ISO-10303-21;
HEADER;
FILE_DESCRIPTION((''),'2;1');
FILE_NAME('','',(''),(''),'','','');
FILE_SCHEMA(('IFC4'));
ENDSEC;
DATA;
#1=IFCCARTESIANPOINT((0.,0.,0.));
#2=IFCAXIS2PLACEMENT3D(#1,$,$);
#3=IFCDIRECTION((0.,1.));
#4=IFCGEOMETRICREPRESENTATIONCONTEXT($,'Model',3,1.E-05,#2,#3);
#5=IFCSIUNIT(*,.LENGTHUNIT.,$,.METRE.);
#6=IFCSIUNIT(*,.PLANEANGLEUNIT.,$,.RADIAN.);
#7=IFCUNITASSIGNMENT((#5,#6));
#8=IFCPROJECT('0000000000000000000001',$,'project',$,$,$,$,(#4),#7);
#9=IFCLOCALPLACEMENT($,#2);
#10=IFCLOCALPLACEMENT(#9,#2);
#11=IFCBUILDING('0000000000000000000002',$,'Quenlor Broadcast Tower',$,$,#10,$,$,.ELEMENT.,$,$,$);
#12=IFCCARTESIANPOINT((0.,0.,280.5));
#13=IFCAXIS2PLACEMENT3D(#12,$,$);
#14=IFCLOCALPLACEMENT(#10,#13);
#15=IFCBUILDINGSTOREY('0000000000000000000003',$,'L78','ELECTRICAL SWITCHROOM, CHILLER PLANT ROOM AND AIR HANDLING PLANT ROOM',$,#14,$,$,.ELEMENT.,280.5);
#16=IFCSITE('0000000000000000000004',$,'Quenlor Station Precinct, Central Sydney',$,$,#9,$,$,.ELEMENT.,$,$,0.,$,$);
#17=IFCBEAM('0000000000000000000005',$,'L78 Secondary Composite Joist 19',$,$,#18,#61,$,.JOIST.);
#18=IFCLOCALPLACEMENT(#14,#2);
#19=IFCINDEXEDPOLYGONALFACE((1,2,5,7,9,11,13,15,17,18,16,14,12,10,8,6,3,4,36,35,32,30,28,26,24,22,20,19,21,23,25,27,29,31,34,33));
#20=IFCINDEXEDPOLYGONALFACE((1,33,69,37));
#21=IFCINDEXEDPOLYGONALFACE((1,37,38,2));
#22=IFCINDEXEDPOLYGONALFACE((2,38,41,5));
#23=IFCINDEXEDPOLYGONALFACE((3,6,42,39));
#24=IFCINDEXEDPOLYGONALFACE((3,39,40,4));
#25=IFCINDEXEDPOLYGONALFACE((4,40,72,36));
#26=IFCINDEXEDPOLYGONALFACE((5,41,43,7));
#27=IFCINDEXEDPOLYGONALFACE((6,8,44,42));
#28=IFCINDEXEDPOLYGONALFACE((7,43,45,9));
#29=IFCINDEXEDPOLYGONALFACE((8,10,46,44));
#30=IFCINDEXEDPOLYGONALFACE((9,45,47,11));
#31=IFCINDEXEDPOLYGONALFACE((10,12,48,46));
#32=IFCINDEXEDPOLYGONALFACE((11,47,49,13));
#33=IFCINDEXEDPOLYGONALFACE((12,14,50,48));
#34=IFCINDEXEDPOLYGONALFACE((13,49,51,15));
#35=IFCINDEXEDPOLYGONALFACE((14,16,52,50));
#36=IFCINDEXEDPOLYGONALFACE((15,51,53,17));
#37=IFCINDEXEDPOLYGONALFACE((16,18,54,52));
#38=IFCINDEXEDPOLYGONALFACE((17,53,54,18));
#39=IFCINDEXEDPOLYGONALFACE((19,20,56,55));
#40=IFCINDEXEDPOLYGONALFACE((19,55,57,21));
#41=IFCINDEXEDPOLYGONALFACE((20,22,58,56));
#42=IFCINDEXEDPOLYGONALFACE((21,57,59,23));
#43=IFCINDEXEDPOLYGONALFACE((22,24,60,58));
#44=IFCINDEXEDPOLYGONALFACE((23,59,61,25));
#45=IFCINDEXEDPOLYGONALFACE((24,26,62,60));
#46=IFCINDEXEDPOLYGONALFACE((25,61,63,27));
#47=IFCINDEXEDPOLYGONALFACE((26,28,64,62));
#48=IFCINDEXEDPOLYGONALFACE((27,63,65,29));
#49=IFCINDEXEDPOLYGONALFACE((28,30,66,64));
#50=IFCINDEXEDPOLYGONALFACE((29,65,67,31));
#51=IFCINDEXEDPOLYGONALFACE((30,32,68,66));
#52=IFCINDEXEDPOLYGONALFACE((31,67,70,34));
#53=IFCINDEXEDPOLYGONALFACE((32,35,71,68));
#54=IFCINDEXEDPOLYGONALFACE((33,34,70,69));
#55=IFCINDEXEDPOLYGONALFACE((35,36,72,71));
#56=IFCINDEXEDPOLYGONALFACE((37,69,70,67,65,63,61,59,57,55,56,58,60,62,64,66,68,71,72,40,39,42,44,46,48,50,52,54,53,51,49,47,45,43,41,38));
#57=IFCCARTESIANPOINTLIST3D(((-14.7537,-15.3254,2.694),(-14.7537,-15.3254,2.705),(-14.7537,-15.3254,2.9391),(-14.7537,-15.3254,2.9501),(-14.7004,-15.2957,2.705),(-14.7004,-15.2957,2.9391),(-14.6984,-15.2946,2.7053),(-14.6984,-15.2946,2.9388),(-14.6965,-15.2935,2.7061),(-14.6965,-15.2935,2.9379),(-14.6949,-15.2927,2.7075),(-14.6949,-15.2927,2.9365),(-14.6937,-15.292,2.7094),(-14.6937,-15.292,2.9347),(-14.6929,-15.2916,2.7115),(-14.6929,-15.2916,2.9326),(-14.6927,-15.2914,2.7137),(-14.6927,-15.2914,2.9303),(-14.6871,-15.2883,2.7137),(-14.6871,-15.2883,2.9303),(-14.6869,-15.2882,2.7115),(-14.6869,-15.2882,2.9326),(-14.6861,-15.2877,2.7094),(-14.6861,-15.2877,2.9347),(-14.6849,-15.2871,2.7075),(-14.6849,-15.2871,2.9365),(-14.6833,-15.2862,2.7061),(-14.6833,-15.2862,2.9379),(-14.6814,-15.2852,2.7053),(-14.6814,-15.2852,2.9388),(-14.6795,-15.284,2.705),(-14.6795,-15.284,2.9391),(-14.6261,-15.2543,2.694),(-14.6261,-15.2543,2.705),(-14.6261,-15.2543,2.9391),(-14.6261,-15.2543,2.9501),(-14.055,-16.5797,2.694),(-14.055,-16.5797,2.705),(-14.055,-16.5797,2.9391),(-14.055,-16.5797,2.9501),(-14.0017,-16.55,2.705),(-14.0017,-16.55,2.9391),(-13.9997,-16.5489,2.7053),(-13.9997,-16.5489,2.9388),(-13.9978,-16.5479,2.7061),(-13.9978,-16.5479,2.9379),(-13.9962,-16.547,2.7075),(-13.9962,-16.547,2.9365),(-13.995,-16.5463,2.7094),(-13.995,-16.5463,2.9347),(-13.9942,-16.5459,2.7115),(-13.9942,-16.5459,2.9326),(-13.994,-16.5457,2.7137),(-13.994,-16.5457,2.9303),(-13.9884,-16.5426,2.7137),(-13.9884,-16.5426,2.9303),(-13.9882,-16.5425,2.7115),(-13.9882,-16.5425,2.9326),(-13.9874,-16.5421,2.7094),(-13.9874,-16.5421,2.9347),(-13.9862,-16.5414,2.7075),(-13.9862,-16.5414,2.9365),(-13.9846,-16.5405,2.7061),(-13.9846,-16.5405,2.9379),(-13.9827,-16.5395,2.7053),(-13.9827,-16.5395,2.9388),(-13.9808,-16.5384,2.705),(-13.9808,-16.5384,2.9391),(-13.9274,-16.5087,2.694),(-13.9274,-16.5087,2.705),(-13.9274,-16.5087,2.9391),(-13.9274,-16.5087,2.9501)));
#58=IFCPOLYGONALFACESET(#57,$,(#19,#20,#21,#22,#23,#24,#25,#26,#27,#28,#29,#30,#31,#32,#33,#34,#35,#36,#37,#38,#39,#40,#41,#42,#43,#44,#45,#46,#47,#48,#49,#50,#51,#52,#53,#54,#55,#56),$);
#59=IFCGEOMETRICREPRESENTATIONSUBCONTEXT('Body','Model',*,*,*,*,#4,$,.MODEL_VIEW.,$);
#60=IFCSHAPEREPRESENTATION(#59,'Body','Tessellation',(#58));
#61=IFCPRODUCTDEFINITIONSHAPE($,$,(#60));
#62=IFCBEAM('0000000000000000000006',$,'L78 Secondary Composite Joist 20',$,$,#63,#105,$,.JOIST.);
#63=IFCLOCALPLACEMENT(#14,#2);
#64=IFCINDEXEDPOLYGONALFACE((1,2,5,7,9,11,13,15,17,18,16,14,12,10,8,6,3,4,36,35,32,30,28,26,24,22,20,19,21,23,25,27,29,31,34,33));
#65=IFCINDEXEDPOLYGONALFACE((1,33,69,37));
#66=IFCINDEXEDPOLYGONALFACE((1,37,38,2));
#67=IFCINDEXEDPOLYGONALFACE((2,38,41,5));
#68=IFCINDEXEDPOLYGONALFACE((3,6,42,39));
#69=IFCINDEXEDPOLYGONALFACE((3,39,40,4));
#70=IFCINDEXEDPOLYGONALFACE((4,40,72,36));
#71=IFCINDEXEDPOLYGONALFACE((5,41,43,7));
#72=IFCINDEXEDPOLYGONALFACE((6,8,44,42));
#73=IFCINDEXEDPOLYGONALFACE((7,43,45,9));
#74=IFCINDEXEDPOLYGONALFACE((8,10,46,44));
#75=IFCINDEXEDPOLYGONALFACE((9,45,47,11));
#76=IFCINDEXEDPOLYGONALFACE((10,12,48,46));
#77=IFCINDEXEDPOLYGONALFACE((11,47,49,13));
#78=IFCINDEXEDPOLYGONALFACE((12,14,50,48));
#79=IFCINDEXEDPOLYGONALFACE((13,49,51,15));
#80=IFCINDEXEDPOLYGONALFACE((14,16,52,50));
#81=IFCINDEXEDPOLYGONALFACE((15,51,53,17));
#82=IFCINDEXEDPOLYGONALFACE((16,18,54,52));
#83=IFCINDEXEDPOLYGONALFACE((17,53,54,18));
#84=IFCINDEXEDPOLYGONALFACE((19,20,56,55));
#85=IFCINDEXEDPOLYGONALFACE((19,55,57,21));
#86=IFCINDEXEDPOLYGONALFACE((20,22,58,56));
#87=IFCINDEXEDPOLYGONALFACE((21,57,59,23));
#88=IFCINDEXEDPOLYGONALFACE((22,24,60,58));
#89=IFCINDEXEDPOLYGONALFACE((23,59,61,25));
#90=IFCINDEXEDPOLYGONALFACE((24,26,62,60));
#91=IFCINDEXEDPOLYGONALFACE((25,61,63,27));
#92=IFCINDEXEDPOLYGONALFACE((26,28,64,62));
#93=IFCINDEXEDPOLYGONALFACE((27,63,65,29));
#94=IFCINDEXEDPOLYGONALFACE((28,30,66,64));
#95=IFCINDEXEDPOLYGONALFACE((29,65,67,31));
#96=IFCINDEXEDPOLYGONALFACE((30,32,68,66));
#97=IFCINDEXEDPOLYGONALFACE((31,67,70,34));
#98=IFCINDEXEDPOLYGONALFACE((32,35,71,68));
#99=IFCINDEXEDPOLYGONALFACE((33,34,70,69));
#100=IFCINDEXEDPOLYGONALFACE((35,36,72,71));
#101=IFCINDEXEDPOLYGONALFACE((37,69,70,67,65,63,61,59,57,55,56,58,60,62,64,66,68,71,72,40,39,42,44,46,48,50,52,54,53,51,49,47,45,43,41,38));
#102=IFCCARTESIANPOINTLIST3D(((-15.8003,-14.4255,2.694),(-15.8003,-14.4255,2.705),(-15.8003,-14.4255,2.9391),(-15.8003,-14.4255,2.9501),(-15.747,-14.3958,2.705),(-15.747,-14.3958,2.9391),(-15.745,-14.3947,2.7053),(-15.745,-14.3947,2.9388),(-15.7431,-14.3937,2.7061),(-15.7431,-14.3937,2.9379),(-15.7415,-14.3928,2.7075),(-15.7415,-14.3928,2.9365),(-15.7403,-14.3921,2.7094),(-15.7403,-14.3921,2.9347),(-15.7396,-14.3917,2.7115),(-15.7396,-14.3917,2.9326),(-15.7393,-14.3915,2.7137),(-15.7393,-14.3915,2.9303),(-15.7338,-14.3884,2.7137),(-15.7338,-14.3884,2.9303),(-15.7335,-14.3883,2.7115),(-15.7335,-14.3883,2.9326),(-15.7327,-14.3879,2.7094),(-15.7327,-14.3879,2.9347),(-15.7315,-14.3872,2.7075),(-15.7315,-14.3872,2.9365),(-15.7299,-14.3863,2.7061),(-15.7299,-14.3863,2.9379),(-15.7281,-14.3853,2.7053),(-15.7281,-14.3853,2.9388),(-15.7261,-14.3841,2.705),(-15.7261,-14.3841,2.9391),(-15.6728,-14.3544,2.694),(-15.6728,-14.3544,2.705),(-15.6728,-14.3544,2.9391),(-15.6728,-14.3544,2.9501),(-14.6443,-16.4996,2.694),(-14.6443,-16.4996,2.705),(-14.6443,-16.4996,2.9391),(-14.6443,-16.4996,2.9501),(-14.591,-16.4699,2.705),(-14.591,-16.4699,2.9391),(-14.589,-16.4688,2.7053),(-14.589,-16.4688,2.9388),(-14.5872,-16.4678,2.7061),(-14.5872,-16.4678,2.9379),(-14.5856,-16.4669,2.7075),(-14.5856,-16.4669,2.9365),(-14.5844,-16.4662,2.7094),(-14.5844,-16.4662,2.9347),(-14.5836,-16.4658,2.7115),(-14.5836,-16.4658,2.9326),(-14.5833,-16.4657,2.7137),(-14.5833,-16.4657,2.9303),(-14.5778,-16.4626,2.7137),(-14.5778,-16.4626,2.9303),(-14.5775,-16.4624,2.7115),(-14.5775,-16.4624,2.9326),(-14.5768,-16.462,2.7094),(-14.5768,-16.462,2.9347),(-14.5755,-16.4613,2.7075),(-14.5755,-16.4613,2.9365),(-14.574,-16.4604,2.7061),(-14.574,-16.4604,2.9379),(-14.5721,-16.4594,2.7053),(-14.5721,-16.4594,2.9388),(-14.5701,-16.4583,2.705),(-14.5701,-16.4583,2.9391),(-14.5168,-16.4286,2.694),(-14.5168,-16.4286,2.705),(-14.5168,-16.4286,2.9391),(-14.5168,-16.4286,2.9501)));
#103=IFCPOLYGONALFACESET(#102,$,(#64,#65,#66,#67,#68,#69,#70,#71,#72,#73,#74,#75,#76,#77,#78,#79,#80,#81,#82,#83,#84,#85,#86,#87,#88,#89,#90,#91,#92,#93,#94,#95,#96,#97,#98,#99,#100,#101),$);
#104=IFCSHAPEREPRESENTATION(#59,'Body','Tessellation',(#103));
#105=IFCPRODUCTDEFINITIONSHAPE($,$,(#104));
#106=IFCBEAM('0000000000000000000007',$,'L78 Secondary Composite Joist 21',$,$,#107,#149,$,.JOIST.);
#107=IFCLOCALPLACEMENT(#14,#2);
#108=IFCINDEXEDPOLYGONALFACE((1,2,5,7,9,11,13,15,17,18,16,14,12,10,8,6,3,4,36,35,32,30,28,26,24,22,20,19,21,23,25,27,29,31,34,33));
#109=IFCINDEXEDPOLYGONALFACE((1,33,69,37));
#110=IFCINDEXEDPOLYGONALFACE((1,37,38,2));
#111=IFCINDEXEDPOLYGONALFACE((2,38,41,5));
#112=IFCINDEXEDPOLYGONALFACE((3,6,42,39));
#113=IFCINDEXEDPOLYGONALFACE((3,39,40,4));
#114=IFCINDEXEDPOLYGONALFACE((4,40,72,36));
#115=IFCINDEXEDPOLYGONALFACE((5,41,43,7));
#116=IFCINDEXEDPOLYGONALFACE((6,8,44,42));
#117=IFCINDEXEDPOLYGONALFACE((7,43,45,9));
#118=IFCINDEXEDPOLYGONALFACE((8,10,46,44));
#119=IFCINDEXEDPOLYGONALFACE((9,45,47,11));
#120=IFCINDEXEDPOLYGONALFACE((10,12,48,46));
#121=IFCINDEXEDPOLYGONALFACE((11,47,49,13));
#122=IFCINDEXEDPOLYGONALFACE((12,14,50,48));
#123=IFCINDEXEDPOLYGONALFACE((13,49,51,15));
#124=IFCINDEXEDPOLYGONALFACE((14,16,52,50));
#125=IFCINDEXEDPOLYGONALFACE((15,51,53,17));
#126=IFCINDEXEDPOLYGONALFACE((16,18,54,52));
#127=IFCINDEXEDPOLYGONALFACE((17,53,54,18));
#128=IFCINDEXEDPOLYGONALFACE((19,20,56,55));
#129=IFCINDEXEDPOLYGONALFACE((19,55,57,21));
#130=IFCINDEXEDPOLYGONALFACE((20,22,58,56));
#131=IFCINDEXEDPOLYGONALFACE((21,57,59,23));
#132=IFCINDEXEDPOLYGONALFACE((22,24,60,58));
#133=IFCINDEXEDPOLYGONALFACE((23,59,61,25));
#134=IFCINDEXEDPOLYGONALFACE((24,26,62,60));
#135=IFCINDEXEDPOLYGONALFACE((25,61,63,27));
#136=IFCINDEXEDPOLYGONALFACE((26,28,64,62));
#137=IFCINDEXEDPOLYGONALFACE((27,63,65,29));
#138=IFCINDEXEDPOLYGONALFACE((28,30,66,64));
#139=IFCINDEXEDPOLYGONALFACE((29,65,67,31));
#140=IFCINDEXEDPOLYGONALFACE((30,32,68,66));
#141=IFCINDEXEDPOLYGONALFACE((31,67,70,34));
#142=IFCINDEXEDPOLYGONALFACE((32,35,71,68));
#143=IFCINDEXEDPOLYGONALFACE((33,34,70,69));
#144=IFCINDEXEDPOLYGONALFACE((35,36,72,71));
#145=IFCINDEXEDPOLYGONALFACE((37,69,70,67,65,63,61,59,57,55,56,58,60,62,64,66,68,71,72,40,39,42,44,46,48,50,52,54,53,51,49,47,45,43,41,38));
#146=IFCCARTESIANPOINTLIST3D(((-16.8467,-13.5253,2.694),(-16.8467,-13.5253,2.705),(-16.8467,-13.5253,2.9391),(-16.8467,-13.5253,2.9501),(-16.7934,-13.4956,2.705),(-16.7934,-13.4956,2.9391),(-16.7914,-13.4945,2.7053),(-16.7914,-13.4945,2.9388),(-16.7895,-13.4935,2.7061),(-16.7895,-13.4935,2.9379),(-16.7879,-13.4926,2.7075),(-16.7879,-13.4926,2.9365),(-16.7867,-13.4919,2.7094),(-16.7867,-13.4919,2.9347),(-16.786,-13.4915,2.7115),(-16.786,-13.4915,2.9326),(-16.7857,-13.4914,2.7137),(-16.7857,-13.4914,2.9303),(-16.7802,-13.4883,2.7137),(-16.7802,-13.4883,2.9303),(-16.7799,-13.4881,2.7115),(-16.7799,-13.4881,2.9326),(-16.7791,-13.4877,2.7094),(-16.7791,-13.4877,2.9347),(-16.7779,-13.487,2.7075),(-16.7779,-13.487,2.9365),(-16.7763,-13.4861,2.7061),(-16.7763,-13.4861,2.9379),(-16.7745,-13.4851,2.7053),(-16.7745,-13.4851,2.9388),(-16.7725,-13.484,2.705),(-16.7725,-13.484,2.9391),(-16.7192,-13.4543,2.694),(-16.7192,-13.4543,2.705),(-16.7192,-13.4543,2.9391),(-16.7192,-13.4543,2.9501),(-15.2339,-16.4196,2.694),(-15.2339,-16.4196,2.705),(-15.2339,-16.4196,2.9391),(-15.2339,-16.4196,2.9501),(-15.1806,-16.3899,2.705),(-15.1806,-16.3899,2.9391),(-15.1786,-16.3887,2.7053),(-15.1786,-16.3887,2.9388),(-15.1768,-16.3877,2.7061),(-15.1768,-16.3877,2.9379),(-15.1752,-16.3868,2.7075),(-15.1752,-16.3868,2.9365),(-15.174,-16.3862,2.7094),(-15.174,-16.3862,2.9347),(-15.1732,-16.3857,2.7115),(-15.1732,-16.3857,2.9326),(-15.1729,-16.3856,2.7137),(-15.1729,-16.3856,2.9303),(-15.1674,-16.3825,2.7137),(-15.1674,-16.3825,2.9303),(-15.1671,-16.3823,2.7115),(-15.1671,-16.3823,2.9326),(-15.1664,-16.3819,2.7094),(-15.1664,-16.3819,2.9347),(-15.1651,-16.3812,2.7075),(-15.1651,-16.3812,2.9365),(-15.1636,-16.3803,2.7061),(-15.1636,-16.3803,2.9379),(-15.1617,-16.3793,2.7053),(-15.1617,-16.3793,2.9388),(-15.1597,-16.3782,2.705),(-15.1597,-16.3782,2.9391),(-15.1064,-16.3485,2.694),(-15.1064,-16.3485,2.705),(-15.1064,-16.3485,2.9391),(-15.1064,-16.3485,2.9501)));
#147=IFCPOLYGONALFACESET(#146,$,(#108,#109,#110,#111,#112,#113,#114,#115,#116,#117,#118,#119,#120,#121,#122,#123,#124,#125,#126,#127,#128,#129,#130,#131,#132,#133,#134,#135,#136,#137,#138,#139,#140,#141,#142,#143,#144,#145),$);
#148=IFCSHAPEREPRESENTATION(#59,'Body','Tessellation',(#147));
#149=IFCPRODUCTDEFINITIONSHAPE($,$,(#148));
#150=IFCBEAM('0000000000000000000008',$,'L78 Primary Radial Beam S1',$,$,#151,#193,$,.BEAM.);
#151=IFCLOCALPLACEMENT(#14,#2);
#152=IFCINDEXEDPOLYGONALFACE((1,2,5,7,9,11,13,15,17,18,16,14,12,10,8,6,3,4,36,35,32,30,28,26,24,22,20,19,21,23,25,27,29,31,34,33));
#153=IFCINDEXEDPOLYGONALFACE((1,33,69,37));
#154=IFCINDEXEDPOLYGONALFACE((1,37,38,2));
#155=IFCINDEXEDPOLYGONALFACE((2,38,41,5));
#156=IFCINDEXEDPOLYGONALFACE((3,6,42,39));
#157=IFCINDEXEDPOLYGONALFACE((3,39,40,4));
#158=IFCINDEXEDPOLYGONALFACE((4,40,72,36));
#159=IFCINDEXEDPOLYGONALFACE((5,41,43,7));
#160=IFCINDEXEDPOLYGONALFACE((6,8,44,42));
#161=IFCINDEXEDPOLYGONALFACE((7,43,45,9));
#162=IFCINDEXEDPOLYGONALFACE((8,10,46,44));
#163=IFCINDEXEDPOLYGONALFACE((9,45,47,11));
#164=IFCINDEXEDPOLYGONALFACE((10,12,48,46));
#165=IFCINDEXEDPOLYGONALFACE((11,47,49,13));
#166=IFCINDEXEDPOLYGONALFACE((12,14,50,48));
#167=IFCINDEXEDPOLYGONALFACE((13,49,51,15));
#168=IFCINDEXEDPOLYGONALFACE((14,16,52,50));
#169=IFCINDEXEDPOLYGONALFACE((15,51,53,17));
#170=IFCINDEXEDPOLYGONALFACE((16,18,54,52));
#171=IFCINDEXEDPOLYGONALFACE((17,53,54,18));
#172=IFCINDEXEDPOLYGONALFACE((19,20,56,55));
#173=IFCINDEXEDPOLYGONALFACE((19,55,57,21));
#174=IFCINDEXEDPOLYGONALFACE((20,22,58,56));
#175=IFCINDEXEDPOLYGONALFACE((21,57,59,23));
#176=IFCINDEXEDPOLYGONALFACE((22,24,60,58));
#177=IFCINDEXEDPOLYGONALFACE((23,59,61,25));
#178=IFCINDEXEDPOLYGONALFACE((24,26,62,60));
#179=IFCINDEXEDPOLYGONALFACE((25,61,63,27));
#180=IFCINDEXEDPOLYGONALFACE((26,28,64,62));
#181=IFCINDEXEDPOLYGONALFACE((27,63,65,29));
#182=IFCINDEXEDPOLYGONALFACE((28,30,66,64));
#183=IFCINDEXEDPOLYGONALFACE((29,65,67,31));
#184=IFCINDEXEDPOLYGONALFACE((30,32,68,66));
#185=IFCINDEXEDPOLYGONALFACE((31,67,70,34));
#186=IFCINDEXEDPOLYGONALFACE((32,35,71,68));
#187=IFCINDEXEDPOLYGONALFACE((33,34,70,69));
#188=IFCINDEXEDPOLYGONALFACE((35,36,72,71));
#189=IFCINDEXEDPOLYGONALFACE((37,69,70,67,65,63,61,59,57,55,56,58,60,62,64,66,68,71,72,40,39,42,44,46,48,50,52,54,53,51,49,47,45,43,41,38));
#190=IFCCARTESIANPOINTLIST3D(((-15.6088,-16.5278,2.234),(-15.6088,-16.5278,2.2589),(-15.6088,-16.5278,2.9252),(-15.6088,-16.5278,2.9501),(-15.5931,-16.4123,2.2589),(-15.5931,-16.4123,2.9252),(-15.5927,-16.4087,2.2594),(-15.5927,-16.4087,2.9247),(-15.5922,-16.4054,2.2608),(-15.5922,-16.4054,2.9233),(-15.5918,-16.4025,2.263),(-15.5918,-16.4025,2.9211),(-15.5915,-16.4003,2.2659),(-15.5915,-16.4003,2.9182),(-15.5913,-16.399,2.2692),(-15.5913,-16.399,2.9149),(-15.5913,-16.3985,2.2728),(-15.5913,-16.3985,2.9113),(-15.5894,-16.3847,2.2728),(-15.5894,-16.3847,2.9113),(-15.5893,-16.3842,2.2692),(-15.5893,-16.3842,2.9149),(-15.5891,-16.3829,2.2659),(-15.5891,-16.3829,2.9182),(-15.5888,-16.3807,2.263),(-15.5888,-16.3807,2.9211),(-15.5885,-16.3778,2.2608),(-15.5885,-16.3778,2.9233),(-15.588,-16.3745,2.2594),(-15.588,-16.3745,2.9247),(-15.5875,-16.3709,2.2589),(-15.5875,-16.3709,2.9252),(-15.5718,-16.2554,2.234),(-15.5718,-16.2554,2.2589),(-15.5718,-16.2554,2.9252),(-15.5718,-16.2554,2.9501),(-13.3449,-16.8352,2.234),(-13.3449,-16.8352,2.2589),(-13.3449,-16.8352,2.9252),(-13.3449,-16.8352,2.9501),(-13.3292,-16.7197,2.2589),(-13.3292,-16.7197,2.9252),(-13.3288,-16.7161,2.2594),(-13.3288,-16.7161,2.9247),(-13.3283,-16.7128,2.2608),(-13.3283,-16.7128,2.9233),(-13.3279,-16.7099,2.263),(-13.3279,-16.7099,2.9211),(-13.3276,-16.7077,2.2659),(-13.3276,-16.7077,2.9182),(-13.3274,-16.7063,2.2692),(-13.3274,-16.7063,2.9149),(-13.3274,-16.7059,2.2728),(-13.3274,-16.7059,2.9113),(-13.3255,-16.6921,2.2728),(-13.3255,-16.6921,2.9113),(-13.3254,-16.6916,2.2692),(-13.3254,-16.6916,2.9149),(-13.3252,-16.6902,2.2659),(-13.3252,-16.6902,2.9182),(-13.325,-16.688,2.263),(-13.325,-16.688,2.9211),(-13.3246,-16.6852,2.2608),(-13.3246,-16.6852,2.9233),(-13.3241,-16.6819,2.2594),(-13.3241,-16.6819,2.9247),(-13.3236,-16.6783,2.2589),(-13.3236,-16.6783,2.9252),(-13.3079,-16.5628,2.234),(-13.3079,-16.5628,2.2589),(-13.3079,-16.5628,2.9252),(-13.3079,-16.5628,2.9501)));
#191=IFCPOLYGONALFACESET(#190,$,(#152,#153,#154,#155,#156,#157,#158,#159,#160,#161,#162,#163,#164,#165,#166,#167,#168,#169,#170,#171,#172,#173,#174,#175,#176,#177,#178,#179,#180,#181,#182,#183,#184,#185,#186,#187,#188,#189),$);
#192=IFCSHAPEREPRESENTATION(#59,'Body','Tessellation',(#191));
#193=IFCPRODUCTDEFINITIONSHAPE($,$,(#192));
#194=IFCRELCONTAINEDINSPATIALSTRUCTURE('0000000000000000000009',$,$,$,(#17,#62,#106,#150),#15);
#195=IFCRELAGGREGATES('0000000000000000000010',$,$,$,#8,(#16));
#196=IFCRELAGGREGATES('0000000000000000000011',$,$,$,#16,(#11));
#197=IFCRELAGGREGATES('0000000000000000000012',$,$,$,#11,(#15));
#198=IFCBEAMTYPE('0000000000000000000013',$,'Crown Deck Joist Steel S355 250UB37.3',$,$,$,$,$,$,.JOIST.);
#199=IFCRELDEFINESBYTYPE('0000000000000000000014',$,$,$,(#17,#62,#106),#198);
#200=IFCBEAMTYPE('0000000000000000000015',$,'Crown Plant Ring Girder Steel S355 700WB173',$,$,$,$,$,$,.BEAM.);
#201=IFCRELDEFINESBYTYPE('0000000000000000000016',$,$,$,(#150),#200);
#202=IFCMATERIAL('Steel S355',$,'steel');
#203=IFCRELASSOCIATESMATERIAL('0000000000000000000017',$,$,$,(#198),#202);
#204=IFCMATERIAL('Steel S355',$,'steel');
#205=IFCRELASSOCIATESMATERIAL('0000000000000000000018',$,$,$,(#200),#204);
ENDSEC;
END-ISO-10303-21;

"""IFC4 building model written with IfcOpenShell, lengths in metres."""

from ifc_helpers import new_model, si_unit, direction, frame, origin, origin_2d, place, context, subcontext, project, spatial, i_section, extrude, material, material_profile, profile_set, type_object, element, save


model = new_model("IFC4")

# Units and contexts
model_context = context("Model", 3, precision=1e-05, world=origin(), true_north=direction((0.0, 1.0)))
body_context = subcontext(model_context, "Body", "Model", "MODEL_VIEW")
ifc_project = project(units=[si_unit("LENGTHUNIT", "METRE"), si_unit("PLANEANGLEUNIT", "RADIAN")], contexts=[model_context])

# Site, building, storey
site_placement = place(None, origin())
site = spatial("IfcSite", under=ifc_project, at=site_placement, Name="Quenlor Station Precinct, Central Sydney", CompositionType="ELEMENT", RefElevation=0.0)
building_placement = place(site_placement, origin())
building = spatial("IfcBuilding", under=site, at=building_placement, Name="Quenlor Broadcast Tower", CompositionType="ELEMENT")
storey_placement = place(building_placement, frame((0.0, 0.0, 280.5)))
storey = spatial("IfcBuildingStorey", under=building, at=storey_placement, Name="L78", Description="ELECTRICAL SWITCHROOM, CHILLER PLANT ROOM AND AIR HANDLING PLANT ROOM", CompositionType="ELEMENT", Elevation=280.5)

# Beams
ifc_material_1 = material(Name="Steel S355", Category="steel")
ifc_material_profile_1 = material_profile(ifc_material_1, i_section(OverallWidth=0.146, OverallDepth=0.2561, WebThickness=0.0063, FlangeThickness=0.011, FilletRadius=0.0088, at=origin_2d()))
ifc_profile_set_1 = profile_set([ifc_material_profile_1], Name="Steel S355 250UB37.3")
beam_type_1 = type_object("IfcBeamType", Name="Crown Deck Joist Steel S355 250UB37.3", PredefinedType="JOIST", material=ifc_profile_set_1)
beam_1_placement = place(storey_placement, frame((-13.9912, -16.5442, 2.822), z_axis=(-0.486624, 0.873611, 0.0), x_axis=(-0.873611, -0.486624, 0.0)))
element("IfcBeam", 1, at=beam_1_placement, inside=storey, type_object=beam_type_1, Name="L78 Secondary Composite Joist 19", PredefinedType="JOIST", context=body_context, shape_type="SweptSolid", body=[
    extrude(i_section(OverallWidth=0.146, OverallDepth=0.2561, WebThickness=0.0063, FlangeThickness=0.011, FilletRadius=0.0088, at=origin_2d()), origin(), (0.0, 0.0, 1.0), 1.4358),
])
beam_2_placement = place(storey_placement, frame((-14.5806, -16.4641, 2.822), z_axis=(-0.486821, 0.873502, 0.0), x_axis=(-0.873502, -0.486821, 0.0)))
element("IfcBeam", 2, at=beam_2_placement, inside=storey, type_object=beam_type_1, Name="L78 Secondary Composite Joist 20", PredefinedType="JOIST", context=body_context, shape_type="SweptSolid", body=[
    extrude(i_section(OverallWidth=0.146, OverallDepth=0.2561, WebThickness=0.0063, FlangeThickness=0.011, FilletRadius=0.0088, at=origin_2d()), origin(), (0.0, 0.0, 1.0), 2.3745),
])
beam_3_placement = place(storey_placement, frame((-15.1702, -16.384, 2.822), z_axis=(-0.486762, 0.873534, 0.0), x_axis=(-0.873534, -0.486762, 0.0)))
element("IfcBeam", 3, at=beam_3_placement, inside=storey, type_object=beam_type_1, Name="L78 Secondary Composite Joist 21", PredefinedType="JOIST", context=body_context, shape_type="SweptSolid", body=[
    extrude(i_section(OverallWidth=0.146, OverallDepth=0.2561, WebThickness=0.0063, FlangeThickness=0.011, FilletRadius=0.0088, at=origin_2d()), origin(), (0.0, 0.0, 1.0), 3.3132),
])
ifc_material_2 = material(Name="Steel S355", Category="steel")
ifc_material_profile_2 = material_profile(ifc_material_2, i_section(OverallWidth=0.2749, OverallDepth=0.7161, WebThickness=0.0139, FlangeThickness=0.0249, FilletRadius=0.0139, at=origin_2d()))
ifc_profile_set_2 = profile_set([ifc_material_profile_2], Name="Steel S355 700WB173")
beam_type_2 = type_object("IfcBeamType", Name="Crown Plant Ring Girder Steel S355 700WB173", PredefinedType="BEAM", material=ifc_profile_set_2)
beam_4_placement = place(storey_placement, frame((-15.5903, -16.3916, 2.592), z_axis=(0.990909, -0.134536, 0.0), x_axis=(0.134536, 0.990909, 0.0)))
element("IfcBeam", 4, at=beam_4_placement, inside=storey, type_object=beam_type_2, Name="L78 Primary Radial Beam S1", PredefinedType="BEAM", context=body_context, shape_type="SweptSolid", body=[
    extrude(i_section(OverallWidth=0.2749, OverallDepth=0.7161, WebThickness=0.0139, FlangeThickness=0.0249, FilletRadius=0.0139, at=origin_2d()), origin(), (0.0, 0.0, 1.0), 2.2847),
])

save(model, "model.ifc")
